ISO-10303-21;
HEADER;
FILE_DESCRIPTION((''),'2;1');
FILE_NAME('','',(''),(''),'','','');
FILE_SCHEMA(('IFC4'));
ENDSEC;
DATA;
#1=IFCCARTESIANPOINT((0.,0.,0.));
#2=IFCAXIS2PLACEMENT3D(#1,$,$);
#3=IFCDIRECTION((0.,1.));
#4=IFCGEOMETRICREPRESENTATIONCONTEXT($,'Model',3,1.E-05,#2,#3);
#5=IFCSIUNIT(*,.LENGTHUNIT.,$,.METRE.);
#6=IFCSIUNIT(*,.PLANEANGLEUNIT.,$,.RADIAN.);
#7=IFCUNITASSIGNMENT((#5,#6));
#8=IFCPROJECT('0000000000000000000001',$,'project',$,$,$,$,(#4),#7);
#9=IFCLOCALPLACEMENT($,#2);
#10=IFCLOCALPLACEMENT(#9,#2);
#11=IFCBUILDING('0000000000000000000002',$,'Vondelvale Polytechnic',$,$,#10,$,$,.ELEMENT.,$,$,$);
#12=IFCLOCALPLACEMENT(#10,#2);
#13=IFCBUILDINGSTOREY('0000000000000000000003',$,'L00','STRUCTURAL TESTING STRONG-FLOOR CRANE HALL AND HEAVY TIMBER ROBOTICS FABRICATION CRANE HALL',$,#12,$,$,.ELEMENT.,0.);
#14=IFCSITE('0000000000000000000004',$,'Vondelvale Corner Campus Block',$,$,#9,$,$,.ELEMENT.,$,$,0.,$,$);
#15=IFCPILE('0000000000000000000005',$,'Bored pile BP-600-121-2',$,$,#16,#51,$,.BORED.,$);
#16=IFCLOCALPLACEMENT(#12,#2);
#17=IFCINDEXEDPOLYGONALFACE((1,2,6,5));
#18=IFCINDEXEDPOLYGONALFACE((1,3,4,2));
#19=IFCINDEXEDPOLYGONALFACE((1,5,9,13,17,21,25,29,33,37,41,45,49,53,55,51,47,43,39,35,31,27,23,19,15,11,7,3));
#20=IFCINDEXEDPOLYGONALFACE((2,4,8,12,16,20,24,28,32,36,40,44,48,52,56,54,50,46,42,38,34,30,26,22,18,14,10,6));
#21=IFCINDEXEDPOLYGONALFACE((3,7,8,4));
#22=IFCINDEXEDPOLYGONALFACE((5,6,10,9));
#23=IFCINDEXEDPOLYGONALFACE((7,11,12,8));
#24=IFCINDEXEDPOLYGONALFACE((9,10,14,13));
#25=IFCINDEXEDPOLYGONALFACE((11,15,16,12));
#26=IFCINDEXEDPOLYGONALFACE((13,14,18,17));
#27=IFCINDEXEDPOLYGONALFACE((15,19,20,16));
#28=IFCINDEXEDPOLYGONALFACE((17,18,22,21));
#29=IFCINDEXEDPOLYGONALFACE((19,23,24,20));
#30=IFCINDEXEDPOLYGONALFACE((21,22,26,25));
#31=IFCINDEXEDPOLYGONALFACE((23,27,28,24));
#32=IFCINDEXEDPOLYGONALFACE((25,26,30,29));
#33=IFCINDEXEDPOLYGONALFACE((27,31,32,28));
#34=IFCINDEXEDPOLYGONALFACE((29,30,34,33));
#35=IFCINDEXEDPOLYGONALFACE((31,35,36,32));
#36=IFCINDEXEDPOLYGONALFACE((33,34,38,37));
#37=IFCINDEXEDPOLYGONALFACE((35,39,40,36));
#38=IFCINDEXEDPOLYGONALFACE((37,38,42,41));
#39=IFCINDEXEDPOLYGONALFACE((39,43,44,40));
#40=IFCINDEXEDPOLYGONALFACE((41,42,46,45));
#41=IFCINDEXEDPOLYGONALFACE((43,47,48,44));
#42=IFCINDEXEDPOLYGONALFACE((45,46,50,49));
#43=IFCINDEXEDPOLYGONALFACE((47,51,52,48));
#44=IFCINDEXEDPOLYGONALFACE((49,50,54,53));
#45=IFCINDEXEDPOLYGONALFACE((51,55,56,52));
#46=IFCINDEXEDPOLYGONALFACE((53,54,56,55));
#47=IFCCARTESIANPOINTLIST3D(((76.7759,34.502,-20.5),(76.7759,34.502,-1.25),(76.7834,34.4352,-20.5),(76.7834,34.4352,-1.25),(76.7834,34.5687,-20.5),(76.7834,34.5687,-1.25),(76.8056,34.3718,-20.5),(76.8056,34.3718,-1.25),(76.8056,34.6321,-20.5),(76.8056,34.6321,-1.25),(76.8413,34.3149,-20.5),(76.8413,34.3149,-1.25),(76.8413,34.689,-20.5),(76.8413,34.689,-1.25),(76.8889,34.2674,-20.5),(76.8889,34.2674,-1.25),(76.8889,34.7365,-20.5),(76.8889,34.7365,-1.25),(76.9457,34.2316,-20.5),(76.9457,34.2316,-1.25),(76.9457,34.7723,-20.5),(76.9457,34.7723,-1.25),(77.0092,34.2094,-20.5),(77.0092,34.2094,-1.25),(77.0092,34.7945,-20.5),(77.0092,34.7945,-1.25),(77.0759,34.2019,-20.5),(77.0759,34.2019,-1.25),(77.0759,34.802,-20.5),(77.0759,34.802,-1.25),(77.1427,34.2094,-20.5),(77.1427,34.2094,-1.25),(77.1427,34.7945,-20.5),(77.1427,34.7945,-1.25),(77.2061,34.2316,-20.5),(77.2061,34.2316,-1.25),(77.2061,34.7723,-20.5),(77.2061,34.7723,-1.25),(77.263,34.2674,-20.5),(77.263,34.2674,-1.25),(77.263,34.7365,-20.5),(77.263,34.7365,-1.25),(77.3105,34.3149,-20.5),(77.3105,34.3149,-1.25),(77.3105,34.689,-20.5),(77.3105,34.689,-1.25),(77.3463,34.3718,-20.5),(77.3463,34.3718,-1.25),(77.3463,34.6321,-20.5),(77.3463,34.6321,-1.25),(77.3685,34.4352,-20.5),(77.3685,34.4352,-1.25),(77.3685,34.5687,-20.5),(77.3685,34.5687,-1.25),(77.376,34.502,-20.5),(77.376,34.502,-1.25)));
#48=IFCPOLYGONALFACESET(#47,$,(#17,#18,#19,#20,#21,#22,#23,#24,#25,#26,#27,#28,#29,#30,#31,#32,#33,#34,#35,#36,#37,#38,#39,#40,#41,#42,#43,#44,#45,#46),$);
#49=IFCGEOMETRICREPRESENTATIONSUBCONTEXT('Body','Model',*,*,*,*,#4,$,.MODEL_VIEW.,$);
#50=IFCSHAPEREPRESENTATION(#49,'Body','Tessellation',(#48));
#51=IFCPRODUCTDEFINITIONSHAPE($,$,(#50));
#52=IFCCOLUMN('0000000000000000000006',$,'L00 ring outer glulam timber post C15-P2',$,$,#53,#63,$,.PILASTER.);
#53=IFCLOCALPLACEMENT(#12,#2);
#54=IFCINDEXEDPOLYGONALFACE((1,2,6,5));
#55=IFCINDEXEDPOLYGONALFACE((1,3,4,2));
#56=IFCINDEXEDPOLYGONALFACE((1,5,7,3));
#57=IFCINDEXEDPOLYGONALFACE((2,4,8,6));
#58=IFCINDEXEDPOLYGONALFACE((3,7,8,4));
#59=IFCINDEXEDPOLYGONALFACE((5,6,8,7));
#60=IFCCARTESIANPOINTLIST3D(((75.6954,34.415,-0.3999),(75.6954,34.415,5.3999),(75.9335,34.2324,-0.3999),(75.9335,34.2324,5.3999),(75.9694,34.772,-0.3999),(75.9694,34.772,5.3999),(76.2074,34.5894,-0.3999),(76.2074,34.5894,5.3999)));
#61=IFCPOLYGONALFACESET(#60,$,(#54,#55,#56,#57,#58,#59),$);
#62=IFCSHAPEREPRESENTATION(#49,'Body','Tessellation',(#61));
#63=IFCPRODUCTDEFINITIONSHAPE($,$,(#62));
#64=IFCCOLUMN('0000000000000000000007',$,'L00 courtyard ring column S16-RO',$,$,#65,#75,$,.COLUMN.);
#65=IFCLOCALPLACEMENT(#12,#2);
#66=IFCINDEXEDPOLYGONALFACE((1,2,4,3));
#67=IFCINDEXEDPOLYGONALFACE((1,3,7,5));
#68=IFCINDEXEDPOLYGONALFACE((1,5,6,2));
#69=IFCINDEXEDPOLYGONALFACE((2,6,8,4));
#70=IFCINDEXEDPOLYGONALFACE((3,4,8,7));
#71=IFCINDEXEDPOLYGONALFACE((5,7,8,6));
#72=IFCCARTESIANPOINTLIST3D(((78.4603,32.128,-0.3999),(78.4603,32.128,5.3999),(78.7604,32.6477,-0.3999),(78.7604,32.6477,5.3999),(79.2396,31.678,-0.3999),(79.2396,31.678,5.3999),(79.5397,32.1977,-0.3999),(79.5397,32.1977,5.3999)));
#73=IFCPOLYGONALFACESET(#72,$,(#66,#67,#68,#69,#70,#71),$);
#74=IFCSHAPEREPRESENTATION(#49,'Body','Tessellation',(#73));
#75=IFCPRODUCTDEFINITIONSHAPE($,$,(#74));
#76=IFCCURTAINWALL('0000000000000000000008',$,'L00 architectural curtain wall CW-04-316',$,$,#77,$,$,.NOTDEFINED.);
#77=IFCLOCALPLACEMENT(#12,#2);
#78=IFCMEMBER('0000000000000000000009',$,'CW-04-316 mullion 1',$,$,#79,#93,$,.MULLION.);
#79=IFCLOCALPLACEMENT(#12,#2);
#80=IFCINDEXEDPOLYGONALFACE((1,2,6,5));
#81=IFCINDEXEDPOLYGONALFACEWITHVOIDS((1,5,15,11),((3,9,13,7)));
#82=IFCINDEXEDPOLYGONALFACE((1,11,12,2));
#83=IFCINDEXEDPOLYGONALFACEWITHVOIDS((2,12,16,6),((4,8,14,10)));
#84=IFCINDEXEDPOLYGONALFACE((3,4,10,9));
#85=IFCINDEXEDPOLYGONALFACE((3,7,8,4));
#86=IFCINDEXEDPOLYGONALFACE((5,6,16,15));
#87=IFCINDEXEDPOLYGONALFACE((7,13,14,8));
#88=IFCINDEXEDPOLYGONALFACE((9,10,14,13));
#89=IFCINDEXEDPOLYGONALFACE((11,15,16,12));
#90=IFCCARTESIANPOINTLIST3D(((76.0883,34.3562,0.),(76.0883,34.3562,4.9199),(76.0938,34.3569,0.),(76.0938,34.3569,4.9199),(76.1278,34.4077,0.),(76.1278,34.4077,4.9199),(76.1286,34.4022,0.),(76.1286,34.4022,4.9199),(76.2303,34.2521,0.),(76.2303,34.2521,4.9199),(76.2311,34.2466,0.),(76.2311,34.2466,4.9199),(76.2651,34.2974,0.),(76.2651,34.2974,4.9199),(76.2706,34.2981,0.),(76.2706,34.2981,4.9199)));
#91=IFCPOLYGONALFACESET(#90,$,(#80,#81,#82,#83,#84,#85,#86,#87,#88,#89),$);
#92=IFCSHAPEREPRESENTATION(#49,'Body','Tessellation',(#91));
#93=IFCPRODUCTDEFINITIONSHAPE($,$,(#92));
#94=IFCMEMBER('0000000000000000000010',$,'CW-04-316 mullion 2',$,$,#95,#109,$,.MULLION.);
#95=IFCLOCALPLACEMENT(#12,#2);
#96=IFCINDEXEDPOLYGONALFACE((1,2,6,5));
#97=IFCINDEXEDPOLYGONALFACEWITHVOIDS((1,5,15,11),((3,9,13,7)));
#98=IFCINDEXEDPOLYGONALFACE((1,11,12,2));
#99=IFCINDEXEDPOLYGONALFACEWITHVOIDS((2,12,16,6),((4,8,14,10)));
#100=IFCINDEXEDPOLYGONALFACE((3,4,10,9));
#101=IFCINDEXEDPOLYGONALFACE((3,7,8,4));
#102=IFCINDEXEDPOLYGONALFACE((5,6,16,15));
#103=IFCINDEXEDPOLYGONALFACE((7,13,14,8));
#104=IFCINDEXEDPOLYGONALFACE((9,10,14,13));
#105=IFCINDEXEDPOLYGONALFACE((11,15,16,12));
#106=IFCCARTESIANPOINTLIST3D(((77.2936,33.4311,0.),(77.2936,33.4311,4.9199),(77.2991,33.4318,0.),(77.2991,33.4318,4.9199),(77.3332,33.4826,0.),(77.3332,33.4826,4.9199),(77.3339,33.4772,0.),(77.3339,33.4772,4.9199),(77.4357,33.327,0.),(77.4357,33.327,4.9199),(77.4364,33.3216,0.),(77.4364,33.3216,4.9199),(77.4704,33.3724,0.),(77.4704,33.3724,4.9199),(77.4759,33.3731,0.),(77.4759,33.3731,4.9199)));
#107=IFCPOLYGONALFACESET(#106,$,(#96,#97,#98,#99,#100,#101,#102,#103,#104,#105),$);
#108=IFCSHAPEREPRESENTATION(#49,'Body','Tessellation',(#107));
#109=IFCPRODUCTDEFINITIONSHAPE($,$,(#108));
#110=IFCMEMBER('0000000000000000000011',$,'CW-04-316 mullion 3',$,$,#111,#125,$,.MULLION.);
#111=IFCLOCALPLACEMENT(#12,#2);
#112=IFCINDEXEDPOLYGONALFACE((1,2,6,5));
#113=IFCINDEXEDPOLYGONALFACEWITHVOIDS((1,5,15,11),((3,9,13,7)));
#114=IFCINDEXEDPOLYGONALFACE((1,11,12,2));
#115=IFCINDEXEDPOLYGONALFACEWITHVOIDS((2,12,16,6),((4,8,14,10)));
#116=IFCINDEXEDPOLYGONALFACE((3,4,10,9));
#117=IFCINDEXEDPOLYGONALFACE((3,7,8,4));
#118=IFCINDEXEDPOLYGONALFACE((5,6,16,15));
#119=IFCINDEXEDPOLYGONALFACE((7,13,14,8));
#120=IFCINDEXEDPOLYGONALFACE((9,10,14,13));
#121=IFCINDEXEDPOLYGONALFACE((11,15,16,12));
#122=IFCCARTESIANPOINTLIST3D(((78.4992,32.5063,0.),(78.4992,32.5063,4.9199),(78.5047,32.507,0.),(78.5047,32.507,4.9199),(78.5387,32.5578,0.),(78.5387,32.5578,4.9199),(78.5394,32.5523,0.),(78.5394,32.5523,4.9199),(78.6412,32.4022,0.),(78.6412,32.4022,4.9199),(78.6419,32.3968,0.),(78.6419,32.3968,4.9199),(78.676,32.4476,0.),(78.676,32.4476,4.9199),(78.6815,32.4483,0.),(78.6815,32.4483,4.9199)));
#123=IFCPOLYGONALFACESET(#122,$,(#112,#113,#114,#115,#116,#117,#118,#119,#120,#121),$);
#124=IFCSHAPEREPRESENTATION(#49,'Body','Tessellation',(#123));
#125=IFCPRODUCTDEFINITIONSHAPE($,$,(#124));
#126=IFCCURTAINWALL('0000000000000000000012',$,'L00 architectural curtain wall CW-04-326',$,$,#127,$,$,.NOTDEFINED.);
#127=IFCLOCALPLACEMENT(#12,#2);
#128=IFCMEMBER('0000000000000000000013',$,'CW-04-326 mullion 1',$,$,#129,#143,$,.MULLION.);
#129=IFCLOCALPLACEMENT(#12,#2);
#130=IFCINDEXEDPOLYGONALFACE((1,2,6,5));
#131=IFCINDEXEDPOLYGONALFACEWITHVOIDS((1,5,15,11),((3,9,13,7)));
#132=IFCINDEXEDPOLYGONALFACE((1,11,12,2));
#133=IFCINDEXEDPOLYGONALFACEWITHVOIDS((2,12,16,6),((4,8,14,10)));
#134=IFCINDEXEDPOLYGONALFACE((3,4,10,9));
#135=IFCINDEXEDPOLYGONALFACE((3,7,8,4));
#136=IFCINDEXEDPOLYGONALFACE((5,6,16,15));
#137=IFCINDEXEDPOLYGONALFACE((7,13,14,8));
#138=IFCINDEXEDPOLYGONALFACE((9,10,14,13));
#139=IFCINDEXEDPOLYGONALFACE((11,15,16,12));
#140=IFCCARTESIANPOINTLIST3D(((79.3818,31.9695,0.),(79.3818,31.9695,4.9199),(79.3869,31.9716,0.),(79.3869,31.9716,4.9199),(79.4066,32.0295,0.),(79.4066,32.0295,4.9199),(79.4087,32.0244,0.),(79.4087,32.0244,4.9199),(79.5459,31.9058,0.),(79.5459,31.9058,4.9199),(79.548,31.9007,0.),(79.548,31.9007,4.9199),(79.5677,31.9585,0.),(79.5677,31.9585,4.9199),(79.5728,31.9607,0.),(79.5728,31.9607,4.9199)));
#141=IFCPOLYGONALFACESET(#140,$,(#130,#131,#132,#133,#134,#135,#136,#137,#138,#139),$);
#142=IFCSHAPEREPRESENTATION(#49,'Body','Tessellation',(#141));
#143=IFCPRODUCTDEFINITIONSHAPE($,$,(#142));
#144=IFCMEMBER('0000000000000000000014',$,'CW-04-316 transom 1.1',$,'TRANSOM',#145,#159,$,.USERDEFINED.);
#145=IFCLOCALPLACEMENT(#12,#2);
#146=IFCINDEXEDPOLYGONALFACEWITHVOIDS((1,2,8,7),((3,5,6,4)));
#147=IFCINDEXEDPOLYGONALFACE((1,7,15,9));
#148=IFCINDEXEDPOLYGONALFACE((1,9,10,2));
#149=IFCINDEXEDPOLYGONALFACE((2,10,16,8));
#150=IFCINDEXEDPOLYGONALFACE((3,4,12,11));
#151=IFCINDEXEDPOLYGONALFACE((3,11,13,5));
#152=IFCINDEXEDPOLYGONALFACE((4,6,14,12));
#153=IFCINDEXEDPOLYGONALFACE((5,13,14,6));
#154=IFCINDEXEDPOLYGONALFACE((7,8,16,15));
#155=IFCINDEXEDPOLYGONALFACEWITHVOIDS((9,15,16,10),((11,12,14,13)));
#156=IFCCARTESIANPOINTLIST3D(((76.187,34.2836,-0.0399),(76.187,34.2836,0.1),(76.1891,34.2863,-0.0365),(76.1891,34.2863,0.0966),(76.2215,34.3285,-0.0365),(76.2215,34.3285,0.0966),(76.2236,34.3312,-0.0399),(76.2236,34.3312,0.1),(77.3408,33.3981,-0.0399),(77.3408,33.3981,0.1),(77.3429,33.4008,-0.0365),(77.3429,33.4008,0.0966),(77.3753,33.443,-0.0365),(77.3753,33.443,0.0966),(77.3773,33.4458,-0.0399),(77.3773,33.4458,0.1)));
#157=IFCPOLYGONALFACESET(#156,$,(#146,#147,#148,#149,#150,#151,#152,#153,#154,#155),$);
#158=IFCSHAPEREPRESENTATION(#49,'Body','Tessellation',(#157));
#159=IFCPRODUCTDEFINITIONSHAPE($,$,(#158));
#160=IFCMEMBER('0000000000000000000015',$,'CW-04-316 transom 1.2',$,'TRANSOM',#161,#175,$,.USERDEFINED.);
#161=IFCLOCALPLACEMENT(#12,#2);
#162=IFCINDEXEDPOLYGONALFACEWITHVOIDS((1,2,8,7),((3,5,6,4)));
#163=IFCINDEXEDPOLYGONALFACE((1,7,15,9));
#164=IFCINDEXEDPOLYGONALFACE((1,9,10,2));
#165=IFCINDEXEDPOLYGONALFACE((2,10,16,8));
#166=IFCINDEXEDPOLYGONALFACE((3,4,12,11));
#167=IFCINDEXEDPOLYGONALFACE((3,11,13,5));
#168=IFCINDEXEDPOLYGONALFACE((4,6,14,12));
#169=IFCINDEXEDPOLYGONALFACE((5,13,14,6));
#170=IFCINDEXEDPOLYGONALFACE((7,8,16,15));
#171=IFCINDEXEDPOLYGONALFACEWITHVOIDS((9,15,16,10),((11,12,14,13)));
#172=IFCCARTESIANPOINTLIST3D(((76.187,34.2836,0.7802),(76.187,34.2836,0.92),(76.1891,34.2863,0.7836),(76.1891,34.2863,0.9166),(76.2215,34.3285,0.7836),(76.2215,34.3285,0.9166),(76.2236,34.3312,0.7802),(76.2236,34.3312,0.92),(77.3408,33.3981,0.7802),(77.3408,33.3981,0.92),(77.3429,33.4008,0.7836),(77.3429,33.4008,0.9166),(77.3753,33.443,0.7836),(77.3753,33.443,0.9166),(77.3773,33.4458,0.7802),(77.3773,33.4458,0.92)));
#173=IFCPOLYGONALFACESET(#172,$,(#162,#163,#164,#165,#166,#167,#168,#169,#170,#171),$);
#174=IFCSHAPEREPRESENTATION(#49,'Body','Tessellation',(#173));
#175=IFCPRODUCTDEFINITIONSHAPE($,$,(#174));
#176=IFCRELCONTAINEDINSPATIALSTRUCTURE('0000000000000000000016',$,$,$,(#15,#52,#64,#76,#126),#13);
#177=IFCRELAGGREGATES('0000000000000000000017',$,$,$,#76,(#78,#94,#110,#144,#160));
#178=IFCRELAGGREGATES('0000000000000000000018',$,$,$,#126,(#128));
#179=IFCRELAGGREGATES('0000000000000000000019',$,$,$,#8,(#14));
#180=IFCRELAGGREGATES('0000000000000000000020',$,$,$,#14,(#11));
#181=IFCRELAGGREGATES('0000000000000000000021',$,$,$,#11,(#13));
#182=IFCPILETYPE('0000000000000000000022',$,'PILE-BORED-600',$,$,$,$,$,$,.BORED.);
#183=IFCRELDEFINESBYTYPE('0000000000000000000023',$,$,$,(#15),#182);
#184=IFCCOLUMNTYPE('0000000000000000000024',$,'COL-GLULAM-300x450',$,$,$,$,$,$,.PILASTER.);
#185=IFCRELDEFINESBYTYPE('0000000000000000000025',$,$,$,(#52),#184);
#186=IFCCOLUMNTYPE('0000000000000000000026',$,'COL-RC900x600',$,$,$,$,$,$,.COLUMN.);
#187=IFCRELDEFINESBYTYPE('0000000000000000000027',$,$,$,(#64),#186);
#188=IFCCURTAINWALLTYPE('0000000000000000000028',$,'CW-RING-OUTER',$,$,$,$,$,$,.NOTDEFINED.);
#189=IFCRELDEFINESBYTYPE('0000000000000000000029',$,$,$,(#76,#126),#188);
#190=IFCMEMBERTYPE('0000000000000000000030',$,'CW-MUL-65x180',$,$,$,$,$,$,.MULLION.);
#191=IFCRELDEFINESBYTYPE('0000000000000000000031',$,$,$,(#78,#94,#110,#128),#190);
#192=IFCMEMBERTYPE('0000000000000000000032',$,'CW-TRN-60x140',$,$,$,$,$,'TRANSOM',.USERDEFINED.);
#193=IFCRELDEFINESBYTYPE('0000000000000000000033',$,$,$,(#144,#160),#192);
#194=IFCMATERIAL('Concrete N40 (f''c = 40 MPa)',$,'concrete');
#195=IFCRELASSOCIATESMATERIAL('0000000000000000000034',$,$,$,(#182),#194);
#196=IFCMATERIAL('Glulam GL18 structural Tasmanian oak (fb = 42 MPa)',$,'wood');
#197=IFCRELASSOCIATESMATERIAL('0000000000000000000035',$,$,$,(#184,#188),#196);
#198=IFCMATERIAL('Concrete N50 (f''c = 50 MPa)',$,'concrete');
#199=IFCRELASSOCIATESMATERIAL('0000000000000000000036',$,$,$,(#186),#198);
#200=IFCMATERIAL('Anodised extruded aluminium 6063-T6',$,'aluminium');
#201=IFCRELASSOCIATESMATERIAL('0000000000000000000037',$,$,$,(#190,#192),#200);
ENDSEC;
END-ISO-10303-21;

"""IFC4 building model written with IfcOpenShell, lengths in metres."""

from ifc_helpers import new_model, si_unit, direction, frame, origin, origin_2d, place, context, subcontext, project, spatial, rectangle, hollow_rectangle, circle, extrude, material, material_profile, profile_set, type_object, element, aggregate, save


model = new_model("IFC4")

# Units and contexts
model_context = context("Model", 3, precision=1e-05, world=origin(), true_north=direction((0.0, 1.0)))
body_context = subcontext(model_context, "Body", "Model", "MODEL_VIEW")
ifc_project = project(units=[si_unit("LENGTHUNIT", "METRE"), si_unit("PLANEANGLEUNIT", "RADIAN")], contexts=[model_context])

# Site, building, storey
site_placement = place(None, origin())
site = spatial("IfcSite", under=ifc_project, at=site_placement, Name="Vondelvale Corner Campus Block", CompositionType="ELEMENT", RefElevation=0.0)
building_placement = place(site_placement, origin())
building = spatial("IfcBuilding", under=site, at=building_placement, Name="Vondelvale Polytechnic", CompositionType="ELEMENT")
storey_placement = place(building_placement, origin())
storey = spatial("IfcBuildingStorey", under=building, at=storey_placement, Name="L00", Description="STRUCTURAL TESTING STRONG-FLOOR CRANE HALL AND HEAVY TIMBER ROBOTICS FABRICATION CRANE HALL", CompositionType="ELEMENT", Elevation=0.0)

# Pile
ifc_material_1 = material(Name="Concrete N40 (f'c = 40 MPa)", Category="concrete")
ifc_material_profile_1 = material_profile(ifc_material_1, circle(Radius=0.3, at=origin_2d()), Name="PILE-D600")
ifc_profile_set_1 = profile_set([ifc_material_profile_1], Name="Concrete N40 (f'c = 40 MPa)")
pile_type = type_object("IfcPileType", Name="PILE-BORED-600", PredefinedType="BORED", material=ifc_profile_set_1)
pile_placement = place(storey_placement, frame((77.0759, 34.502, -1.25), z_axis=(0.0, 0.0, -1.0), x_axis=(1.0, 0.0, 0.0)))
element("IfcPile", 1, at=pile_placement, inside=storey, type_object=pile_type, Name="Bored pile BP-600-121-2", PredefinedType="BORED", context=body_context, shape_type="SweptSolid", body=[
    extrude(circle(Radius=0.3, at=origin_2d()), origin(), (0.0, 0.0, 1.0), 19.25),
])

# Columns
ifc_material_2 = material(Name="Glulam GL18 structural Tasmanian oak (fb = 42 MPa)", Category="wood")
ifc_material_profile_2 = material_profile(ifc_material_2, rectangle(XDim=0.3, YDim=0.45, at=origin_2d()), Name="GL-POST-300x450")
ifc_profile_set_2 = profile_set([ifc_material_profile_2], Name="Glulam GL18 structural Tasmanian oak (fb = 42 MPa)")
column_type_1 = type_object("IfcColumnType", Name="COL-GLULAM-300x450", PredefinedType="PILASTER", material=ifc_profile_set_2)
column_1_placement = place(storey_placement, frame((75.9514, 34.5022, -0.3999), z_axis=(0.0, 0.0, 1.0), x_axis=(-0.793353, 0.608761, 0.0)))
element("IfcColumn", 2, at=column_1_placement, inside=storey, type_object=column_type_1, Name="L00 ring outer glulam timber post C15-P2", PredefinedType="PILASTER", context=body_context, shape_type="SweptSolid", body=[
    extrude(rectangle(XDim=0.3, YDim=0.45, at=origin_2d()), origin(), (0.0, 0.0, 1.0), 5.7998),
])
ifc_material_3 = material(Name="Concrete N50 (f'c = 50 MPa)", Category="concrete")
ifc_material_profile_3 = material_profile(ifc_material_3, rectangle(XDim=0.6001, YDim=0.8999, at=origin_2d()), Name="RC-COL-900x600")
ifc_profile_set_3 = profile_set([ifc_material_profile_3], Name="Concrete N50 (f'c = 50 MPa)")
column_type_2 = type_object("IfcColumnType", Name="COL-RC900x600", PredefinedType="COLUMN", material=ifc_profile_set_3)
column_2_placement = place(storey_placement, frame((79.0, 32.1628, -0.3999), z_axis=(0.0, 0.0, 1.0), x_axis=(0.5, 0.866025, 0.0)))
element("IfcColumn", 3, at=column_2_placement, inside=storey, type_object=column_type_2, Name="L00 courtyard ring column S16-RO", PredefinedType="COLUMN", context=body_context, shape_type="SweptSolid", body=[
    extrude(rectangle(XDim=0.6001, YDim=0.8999, at=origin_2d()), origin(), (0.0, 0.0, 1.0), 5.7998),
])

# Curtain wall, members
curtain_wall_type = type_object("IfcCurtainWallType", Name="CW-RING-OUTER", PredefinedType="NOTDEFINED", material=ifc_material_2)
curtain_wall_1_placement = place(storey_placement, origin())
curtain_wall_1 = element("IfcCurtainWall", 4, at=curtain_wall_1_placement, inside=storey, type_object=curtain_wall_type, Name="L00 architectural curtain wall CW-04-316", PredefinedType="NOTDEFINED")
ifc_material_4 = material(Name="Anodised extruded aluminium 6063-T6", Category="aluminium")
ifc_material_profile_4 = material_profile(ifc_material_4, hollow_rectangle(XDim=0.0649, YDim=0.1799, WallThickness=0.0039, at=origin_2d()), Name="CW-MUL-180x65")
ifc_profile_set_4 = profile_set([ifc_material_profile_4], Name="Anodised extruded aluminium 6063-T6")
member_type_1 = type_object("IfcMemberType", Name="CW-MUL-65x180", PredefinedType="MULLION", material=ifc_profile_set_4)
member_1_placement = place(storey_placement, frame((76.1794, 34.3271, 0.0), z_axis=(0.0, 0.0, 1.0), x_axis=(0.608764, 0.793352, 0.0)))
member_1 = element("IfcMember", 5, at=member_1_placement, type_object=member_type_1, Name="CW-04-316 mullion 1", PredefinedType="MULLION", context=body_context, shape_type="SweptSolid", body=[
    extrude(hollow_rectangle(XDim=0.0649, YDim=0.1799, WallThickness=0.0039, at=origin_2d()), origin(), (0.0, 0.0, 1.0), 4.9199),
])
member_2_placement = place(storey_placement, frame((77.3848, 33.4021, 0.0), z_axis=(0.0, 0.0, 1.0), x_axis=(0.608764, 0.793352, 0.0)))
member_2 = element("IfcMember", 6, at=member_2_placement, type_object=member_type_1, Name="CW-04-316 mullion 2", PredefinedType="MULLION", context=body_context, shape_type="SweptSolid", body=[
    extrude(hollow_rectangle(XDim=0.0649, YDim=0.1799, WallThickness=0.0039, at=origin_2d()), origin(), (0.0, 0.0, 1.0), 4.9199),
])
member_3_placement = place(storey_placement, frame((78.5903, 32.4773, 0.0), z_axis=(0.0, 0.0, 1.0), x_axis=(0.608764, 0.793352, 0.0)))
member_3 = element("IfcMember", 7, at=member_3_placement, type_object=member_type_1, Name="CW-04-316 mullion 3", PredefinedType="MULLION", context=body_context, shape_type="SweptSolid", body=[
    extrude(hollow_rectangle(XDim=0.0649, YDim=0.1799, WallThickness=0.0039, at=origin_2d()), origin(), (0.0, 0.0, 1.0), 4.9199),
])

# Curtain wall, member
curtain_wall_2_placement = place(storey_placement, origin())
curtain_wall_2 = element("IfcCurtainWall", 8, at=curtain_wall_2_placement, inside=storey, type_object=curtain_wall_type, Name="L00 architectural curtain wall CW-04-326", PredefinedType="NOTDEFINED")
member_4_placement = place(storey_placement, frame((79.4773, 31.9651, 0.0), z_axis=(0.0, 0.0, 1.0), x_axis=(0.382679, 0.923881, 0.0)))
member_4 = element("IfcMember", 9, at=member_4_placement, type_object=member_type_1, Name="CW-04-326 mullion 1", PredefinedType="MULLION", context=body_context, shape_type="SweptSolid", body=[
    extrude(hollow_rectangle(XDim=0.0649, YDim=0.1799, WallThickness=0.0039, at=origin_2d()), origin(), (0.0, 0.0, 1.0), 4.9199),
])

# Members
ifc_material_profile_5 = material_profile(ifc_material_4, hollow_rectangle(XDim=0.0601, YDim=0.1399, WallThickness=0.0034, at=origin_2d()), Name="CW-TRN-140x60")
ifc_profile_set_5 = profile_set([ifc_material_profile_5], Name="Anodised extruded aluminium 6063-T6")
member_type_2 = type_object("IfcMemberType", Name="CW-TRN-60x140", ElementType="TRANSOM", PredefinedType="USERDEFINED", material=ifc_profile_set_5)
member_5_placement = place(storey_placement, frame((76.2053, 34.3074, 0.03), z_axis=(0.793304, -0.608826, 0.0), x_axis=(0.608826, 0.793304, 0.0)))
member_5 = element("IfcMember", 10, at=member_5_placement, type_object=member_type_2, Name="CW-04-316 transom 1.1", ObjectType="TRANSOM", PredefinedType="USERDEFINED", context=body_context, shape_type="SweptSolid", body=[
    extrude(hollow_rectangle(XDim=0.0601, YDim=0.1399, WallThickness=0.0034, at=origin_2d()), origin(), (0.0, 0.0, 1.0), 1.4543),
])
member_6_placement = place(storey_placement, frame((76.2053, 34.3074, 0.8501), z_axis=(0.793304, -0.608826, 0.0), x_axis=(0.608826, 0.793304, 0.0)))
member_6 = element("IfcMember", 11, at=member_6_placement, type_object=member_type_2, Name="CW-04-316 transom 1.2", ObjectType="TRANSOM", PredefinedType="USERDEFINED", context=body_context, shape_type="SweptSolid", body=[
    extrude(hollow_rectangle(XDim=0.0601, YDim=0.1399, WallThickness=0.0034, at=origin_2d()), origin(), (0.0, 0.0, 1.0), 1.4543),
])

aggregate(curtain_wall_1, [member_1, member_2, member_3, member_5, member_6])
aggregate(curtain_wall_2, [member_4])

save(model, "model.ifc")
